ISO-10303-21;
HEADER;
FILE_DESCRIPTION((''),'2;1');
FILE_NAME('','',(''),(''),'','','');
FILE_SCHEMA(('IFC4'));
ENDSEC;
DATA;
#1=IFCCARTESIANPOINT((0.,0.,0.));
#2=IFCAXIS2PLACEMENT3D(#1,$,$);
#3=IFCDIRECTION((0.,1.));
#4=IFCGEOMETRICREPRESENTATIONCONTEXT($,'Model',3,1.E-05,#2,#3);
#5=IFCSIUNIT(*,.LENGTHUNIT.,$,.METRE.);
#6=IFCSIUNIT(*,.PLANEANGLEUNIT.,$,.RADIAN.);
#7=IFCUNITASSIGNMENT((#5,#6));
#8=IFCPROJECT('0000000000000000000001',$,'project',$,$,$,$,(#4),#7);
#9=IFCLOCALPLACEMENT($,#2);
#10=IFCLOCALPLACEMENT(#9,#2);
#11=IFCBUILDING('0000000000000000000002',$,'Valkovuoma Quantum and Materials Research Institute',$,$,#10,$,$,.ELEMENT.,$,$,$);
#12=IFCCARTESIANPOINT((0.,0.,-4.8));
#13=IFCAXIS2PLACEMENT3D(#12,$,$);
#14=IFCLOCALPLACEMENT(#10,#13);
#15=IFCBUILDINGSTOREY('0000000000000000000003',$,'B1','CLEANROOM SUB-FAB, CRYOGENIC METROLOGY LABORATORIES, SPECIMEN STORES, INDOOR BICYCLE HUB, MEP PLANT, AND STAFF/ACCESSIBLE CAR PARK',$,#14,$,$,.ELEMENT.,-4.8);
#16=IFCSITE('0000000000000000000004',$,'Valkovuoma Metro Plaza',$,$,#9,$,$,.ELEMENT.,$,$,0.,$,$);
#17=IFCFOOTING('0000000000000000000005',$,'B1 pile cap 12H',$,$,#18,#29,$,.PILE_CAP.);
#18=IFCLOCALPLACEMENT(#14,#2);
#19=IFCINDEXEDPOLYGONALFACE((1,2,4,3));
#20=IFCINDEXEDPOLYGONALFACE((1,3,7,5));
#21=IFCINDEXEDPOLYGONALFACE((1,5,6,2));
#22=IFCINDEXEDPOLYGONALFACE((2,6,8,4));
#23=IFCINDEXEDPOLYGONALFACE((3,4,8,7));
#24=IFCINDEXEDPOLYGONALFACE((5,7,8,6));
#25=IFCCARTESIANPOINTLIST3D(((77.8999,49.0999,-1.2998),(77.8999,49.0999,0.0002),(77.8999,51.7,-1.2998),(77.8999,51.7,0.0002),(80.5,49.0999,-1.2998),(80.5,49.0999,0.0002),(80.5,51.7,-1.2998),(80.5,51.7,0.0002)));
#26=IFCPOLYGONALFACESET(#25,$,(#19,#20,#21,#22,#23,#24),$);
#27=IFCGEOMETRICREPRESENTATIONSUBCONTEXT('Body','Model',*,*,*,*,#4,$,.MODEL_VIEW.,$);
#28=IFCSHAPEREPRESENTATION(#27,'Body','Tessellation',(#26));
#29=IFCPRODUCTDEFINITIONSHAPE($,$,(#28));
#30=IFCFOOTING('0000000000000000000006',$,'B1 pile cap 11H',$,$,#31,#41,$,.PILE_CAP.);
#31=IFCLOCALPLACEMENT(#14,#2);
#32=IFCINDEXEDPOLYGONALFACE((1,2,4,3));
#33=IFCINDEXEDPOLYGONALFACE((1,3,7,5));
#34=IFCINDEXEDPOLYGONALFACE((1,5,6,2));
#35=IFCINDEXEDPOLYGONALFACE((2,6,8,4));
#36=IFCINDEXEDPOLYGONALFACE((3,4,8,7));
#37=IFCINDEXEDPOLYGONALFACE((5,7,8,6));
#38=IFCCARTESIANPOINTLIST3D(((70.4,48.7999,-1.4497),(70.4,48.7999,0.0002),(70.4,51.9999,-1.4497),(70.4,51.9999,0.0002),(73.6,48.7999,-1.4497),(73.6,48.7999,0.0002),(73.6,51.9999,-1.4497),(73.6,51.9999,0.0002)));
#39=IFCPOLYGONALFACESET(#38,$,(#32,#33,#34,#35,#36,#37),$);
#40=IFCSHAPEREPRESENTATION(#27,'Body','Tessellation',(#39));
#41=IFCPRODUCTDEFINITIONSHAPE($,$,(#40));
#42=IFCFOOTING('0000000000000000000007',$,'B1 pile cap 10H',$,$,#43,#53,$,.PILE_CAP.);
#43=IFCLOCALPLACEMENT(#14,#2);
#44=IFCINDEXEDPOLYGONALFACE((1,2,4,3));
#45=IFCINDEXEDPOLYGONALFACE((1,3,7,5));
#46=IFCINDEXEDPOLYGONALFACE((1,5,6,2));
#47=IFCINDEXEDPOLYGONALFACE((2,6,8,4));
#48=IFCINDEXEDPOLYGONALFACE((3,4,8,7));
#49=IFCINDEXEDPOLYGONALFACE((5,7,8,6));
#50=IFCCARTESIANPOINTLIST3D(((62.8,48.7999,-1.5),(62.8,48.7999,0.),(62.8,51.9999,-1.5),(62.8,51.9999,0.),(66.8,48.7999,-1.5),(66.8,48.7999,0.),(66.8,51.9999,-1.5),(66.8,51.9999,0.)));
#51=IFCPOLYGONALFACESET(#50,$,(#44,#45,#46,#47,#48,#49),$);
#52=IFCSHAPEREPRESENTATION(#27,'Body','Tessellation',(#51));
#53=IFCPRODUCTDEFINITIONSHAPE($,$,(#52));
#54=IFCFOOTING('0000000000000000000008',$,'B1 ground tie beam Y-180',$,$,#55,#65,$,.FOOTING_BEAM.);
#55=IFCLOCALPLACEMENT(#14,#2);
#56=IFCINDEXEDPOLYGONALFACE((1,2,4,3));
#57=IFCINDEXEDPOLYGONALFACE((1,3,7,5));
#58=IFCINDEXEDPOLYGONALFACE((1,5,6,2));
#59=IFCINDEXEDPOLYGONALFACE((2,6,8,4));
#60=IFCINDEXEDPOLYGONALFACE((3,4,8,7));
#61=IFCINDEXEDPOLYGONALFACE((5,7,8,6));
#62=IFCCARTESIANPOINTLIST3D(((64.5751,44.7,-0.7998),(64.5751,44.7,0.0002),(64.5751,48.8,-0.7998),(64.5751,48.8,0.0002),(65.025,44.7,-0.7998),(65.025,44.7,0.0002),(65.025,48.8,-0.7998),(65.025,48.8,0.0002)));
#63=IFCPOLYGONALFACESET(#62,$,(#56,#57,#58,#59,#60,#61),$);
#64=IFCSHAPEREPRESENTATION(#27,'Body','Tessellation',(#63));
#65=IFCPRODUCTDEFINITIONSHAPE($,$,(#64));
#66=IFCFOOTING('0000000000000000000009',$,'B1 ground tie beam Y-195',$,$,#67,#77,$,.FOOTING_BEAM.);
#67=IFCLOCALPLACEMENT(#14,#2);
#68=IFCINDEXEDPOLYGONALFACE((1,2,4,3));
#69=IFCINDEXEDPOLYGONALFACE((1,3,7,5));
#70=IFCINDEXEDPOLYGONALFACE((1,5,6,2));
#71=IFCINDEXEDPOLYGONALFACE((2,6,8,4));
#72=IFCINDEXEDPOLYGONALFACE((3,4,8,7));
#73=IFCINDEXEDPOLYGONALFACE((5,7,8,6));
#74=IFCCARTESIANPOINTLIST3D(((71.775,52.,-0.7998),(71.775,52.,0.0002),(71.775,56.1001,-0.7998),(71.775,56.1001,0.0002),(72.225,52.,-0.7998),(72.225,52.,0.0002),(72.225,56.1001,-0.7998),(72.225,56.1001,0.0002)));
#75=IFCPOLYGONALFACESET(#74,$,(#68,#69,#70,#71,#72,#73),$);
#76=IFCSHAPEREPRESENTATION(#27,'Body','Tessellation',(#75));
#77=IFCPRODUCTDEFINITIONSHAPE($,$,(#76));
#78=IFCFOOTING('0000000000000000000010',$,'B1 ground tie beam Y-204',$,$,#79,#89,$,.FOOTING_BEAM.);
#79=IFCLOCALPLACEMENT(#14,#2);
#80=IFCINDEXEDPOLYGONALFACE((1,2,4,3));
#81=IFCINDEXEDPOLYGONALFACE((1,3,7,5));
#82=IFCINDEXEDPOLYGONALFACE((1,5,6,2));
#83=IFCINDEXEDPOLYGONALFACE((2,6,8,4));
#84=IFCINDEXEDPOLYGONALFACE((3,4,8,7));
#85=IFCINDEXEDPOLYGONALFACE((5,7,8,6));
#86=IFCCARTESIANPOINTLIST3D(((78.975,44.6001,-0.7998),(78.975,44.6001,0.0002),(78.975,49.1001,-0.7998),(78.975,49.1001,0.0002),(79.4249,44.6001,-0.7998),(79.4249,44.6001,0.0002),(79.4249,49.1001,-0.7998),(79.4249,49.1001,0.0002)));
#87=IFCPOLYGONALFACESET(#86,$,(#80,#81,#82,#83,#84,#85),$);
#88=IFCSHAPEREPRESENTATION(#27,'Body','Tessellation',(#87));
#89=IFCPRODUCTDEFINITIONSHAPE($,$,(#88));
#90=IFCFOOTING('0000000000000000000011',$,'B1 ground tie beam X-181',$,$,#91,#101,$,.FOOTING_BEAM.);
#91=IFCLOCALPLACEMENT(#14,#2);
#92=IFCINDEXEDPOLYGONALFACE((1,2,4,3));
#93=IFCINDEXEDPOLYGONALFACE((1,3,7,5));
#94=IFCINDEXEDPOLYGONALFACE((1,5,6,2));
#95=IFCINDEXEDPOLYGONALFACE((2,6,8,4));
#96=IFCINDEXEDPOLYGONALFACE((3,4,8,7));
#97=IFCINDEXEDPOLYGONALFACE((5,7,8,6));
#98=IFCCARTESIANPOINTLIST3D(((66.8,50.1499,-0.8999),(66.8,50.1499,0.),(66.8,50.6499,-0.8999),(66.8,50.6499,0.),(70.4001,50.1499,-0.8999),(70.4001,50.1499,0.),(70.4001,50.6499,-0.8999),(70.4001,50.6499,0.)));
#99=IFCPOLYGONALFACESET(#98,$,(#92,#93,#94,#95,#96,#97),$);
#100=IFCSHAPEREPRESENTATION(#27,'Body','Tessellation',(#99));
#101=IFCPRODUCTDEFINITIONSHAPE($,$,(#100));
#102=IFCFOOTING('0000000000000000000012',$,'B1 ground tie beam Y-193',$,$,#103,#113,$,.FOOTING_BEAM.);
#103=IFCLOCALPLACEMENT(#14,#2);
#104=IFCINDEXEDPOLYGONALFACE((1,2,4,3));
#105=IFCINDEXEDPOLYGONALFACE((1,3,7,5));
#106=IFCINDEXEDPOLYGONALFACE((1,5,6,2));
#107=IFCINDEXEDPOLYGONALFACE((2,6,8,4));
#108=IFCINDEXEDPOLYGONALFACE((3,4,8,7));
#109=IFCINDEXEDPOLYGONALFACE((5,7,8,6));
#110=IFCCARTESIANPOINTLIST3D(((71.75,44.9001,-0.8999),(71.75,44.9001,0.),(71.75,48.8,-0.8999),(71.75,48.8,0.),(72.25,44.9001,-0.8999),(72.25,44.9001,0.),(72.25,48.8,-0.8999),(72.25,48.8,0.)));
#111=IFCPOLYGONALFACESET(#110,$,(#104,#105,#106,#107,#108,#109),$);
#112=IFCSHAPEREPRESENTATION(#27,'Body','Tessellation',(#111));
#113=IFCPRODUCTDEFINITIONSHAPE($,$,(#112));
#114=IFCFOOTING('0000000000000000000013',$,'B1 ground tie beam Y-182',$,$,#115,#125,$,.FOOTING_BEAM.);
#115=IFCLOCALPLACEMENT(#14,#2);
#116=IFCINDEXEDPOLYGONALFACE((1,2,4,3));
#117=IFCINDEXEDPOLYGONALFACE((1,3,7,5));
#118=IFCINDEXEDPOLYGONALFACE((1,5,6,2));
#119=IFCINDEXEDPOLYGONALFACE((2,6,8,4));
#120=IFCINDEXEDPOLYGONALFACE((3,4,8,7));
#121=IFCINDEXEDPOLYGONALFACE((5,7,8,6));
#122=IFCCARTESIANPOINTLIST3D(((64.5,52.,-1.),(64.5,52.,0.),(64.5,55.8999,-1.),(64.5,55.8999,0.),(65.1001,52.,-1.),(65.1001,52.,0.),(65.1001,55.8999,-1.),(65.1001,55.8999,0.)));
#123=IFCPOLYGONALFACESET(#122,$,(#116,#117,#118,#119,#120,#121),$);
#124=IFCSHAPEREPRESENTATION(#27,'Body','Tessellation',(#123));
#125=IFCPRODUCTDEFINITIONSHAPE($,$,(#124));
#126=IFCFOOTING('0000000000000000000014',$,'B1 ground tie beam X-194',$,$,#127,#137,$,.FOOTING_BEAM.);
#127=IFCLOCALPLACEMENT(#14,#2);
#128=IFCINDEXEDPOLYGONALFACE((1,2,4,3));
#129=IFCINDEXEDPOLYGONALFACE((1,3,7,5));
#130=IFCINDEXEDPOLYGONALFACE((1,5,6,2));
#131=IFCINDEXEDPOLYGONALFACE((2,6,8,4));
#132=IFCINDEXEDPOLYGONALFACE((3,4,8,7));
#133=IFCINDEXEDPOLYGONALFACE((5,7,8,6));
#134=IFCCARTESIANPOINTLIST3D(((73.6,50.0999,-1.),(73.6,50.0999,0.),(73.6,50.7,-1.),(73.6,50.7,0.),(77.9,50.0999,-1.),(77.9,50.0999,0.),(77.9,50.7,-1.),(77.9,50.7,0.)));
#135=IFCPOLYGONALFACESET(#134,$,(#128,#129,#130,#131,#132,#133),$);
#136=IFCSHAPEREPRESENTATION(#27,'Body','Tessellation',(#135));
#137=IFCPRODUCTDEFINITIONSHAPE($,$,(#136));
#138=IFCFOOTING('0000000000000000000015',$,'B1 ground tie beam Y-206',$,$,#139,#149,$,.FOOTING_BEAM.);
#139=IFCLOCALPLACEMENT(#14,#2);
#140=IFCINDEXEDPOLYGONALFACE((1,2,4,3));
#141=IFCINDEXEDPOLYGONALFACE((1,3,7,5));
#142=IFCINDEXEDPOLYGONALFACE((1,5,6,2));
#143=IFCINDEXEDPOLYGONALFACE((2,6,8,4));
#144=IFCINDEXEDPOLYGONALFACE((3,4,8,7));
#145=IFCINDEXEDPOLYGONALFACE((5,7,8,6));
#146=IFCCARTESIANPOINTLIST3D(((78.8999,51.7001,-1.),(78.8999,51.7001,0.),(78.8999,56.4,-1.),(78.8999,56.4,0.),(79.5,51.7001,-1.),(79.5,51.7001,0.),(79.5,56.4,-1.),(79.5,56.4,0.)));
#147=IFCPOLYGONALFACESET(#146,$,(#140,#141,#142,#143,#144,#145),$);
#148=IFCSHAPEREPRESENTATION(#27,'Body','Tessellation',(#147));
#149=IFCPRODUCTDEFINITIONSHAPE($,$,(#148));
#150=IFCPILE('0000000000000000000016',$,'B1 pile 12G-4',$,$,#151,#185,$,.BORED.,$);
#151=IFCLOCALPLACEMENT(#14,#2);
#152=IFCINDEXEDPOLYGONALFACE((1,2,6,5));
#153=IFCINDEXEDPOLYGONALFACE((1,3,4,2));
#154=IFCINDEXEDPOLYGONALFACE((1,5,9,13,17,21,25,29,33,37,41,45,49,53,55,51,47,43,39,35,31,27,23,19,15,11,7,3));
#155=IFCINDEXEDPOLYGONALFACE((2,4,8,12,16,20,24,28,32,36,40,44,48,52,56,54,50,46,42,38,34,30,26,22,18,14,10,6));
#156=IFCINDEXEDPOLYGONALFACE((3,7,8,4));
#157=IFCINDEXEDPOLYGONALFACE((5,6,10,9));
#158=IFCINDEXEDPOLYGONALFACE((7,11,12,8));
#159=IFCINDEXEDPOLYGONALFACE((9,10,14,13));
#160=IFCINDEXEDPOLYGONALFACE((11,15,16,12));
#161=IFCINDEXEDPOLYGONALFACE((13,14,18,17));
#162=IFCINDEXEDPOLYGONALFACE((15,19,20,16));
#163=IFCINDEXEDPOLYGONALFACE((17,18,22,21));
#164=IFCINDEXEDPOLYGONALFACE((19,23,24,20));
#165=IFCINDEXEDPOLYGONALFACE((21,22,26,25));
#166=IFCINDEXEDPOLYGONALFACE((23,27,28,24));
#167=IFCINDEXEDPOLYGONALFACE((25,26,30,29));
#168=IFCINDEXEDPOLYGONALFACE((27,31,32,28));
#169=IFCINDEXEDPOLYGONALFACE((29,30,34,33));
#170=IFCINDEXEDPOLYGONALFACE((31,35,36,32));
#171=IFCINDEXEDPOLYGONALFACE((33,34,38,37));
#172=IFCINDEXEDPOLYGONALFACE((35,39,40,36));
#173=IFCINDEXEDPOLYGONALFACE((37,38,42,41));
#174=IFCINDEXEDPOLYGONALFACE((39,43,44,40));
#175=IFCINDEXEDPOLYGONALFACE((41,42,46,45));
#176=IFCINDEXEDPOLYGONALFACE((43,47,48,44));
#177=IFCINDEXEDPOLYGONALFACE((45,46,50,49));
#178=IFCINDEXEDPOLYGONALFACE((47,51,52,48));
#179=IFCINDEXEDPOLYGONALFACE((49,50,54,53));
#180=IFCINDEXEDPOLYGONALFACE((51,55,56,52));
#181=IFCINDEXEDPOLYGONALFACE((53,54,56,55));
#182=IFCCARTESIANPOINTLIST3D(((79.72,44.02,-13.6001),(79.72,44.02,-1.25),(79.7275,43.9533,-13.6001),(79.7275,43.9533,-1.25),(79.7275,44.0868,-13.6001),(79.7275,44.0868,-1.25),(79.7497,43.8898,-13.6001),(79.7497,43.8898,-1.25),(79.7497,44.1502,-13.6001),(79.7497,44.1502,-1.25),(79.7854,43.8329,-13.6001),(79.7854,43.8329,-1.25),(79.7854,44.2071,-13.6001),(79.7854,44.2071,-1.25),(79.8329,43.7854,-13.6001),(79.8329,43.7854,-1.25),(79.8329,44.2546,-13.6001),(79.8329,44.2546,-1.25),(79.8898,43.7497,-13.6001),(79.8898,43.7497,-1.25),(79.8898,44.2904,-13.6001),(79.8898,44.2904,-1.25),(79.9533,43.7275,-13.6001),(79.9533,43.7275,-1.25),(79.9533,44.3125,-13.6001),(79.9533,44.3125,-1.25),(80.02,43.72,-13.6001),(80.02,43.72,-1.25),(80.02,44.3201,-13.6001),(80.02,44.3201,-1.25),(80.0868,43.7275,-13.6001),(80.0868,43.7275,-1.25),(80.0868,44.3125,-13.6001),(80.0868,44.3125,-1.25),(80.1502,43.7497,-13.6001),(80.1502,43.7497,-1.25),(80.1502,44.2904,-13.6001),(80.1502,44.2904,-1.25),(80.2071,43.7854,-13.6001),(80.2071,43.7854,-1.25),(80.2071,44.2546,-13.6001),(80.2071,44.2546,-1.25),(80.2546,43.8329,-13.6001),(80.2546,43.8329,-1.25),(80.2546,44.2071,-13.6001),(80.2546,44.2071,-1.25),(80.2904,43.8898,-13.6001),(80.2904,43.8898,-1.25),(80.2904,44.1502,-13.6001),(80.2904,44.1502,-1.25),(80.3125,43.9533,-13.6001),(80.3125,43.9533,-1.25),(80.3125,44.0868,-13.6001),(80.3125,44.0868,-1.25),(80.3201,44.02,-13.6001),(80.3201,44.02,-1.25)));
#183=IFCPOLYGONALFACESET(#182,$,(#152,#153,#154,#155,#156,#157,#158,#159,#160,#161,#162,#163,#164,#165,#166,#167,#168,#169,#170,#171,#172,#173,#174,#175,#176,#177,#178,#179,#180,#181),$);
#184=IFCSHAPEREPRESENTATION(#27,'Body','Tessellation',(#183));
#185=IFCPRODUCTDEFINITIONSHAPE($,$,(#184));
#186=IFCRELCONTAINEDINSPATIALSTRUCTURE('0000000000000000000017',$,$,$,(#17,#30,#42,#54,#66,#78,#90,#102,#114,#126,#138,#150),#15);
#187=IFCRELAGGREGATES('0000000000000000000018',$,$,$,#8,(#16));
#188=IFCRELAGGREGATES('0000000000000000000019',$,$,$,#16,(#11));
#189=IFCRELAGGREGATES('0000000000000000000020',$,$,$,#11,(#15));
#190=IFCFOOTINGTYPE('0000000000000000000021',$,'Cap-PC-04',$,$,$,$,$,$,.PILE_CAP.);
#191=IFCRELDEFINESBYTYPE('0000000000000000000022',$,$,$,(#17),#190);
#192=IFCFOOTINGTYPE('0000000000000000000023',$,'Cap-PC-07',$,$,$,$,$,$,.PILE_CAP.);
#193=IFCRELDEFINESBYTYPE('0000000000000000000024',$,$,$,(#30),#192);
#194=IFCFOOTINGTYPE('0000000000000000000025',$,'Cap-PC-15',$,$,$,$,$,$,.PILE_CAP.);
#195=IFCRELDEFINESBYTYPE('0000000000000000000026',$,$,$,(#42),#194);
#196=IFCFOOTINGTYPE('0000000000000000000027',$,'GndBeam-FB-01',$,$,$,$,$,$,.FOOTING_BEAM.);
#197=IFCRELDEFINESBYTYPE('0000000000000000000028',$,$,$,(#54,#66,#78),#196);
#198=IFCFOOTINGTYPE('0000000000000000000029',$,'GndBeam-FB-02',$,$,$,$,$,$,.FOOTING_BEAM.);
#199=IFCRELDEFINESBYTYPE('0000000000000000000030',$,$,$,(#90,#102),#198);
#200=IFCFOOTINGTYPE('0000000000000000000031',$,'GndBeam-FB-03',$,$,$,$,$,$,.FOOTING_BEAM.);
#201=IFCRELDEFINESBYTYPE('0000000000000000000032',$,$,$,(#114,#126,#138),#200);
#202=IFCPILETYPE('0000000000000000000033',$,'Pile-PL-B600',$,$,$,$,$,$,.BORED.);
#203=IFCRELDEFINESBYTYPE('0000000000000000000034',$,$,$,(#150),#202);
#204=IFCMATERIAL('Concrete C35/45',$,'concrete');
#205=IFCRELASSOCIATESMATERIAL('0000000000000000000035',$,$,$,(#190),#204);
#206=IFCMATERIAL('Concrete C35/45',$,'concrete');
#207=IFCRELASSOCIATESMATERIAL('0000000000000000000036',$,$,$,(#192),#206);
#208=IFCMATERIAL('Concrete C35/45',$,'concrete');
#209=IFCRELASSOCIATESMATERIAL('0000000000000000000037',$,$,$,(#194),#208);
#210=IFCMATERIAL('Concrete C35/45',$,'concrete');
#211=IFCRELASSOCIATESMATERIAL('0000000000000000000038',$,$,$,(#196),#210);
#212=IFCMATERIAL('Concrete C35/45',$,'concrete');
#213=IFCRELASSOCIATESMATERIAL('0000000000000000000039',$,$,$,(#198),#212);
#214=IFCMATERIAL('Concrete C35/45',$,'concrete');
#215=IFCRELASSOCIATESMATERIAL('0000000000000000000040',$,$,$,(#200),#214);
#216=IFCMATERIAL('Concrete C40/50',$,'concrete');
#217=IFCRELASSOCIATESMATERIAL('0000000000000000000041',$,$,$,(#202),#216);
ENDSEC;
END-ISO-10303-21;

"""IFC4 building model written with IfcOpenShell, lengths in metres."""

from ifc_helpers import new_model, si_unit, direction, frame, origin, origin_2d, place, context, subcontext, project, spatial, rectangle, circle, extrude, material, material_profile, profile_set, type_object, element, save


model = new_model("IFC4")

# Units and contexts
model_context = context("Model", 3, precision=1e-05, world=origin(), true_north=direction((0.0, 1.0)))
body_context = subcontext(model_context, "Body", "Model", "MODEL_VIEW")
ifc_project = project(units=[si_unit("LENGTHUNIT", "METRE"), si_unit("PLANEANGLEUNIT", "RADIAN")], contexts=[model_context])

# Site, building, storey
site_placement = place(None, origin())
site = spatial("IfcSite", under=ifc_project, at=site_placement, Name="Valkovuoma Metro Plaza", CompositionType="ELEMENT", RefElevation=0.0)
building_placement = place(site_placement, origin())
building = spatial("IfcBuilding", under=site, at=building_placement, Name="Valkovuoma Quantum and Materials Research Institute", CompositionType="ELEMENT")
storey_placement = place(building_placement, frame((0.0, 0.0, -4.8)))
storey = spatial("IfcBuildingStorey", under=building, at=storey_placement, Name="B1", Description="CLEANROOM SUB-FAB, CRYOGENIC METROLOGY LABORATORIES, SPECIMEN STORES, INDOOR BICYCLE HUB, MEP PLANT, AND STAFF/ACCESSIBLE CAR PARK", CompositionType="ELEMENT", Elevation=-4.8)

# Footings
ifc_material_1 = material(Name="Concrete C35/45", Category="concrete")
footing_type_1 = type_object("IfcFootingType", Name="Cap-PC-04", PredefinedType="PILE_CAP", material=ifc_material_1)
footing_1_placement = place(storey_placement, frame((79.2, 50.3999, -1.2998), z_axis=(0.0, 0.0, 1.0), x_axis=(1.0, 0.0, 0.0)))
element("IfcFooting", 1, at=footing_1_placement, inside=storey, type_object=footing_type_1, Name="B1 pile cap 12H", PredefinedType="PILE_CAP", context=body_context, shape_type="SweptSolid", body=[
    extrude(rectangle(XDim=2.6001, YDim=2.6001, at=origin_2d()), origin(), (0.0, 0.0, 1.0), 1.3),
])
ifc_material_2 = material(Name="Concrete C35/45", Category="concrete")
footing_type_2 = type_object("IfcFootingType", Name="Cap-PC-07", PredefinedType="PILE_CAP", material=ifc_material_2)
footing_2_placement = place(storey_placement, frame((72.0, 50.3999, -1.4497), z_axis=(0.0, 0.0, 1.0), x_axis=(1.0, 0.0, 0.0)))
element("IfcFooting", 2, at=footing_2_placement, inside=storey, type_object=footing_type_2, Name="B1 pile cap 11H", PredefinedType="PILE_CAP", context=body_context, shape_type="SweptSolid", body=[
    extrude(rectangle(XDim=3.2, YDim=3.2, at=origin_2d()), origin(), (0.0, 0.0, 1.0), 1.45),
])
ifc_material_3 = material(Name="Concrete C35/45", Category="concrete")
footing_type_3 = type_object("IfcFootingType", Name="Cap-PC-15", PredefinedType="PILE_CAP", material=ifc_material_3)
footing_3_placement = place(storey_placement, frame((64.8, 50.3999, -1.5), z_axis=(0.0, 0.0, 1.0), x_axis=(1.0, 0.0, 0.0)))
element("IfcFooting", 3, at=footing_3_placement, inside=storey, type_object=footing_type_3, Name="B1 pile cap 10H", PredefinedType="PILE_CAP", context=body_context, shape_type="SweptSolid", body=[
    extrude(rectangle(XDim=4.0, YDim=3.2, at=origin_2d()), origin(), (0.0, 0.0, 1.0), 1.5),
])
ifc_material_4 = material(Name="Concrete C35/45", Category="concrete")
footing_type_4 = type_object("IfcFootingType", Name="GndBeam-FB-01", PredefinedType="FOOTING_BEAM", material=ifc_material_4)
for number, where, z_axis, x_axis, name in (
    (4, (64.8, 46.75, -0.7998), (0.0, 0.0, 1.0), (0.0, 1.0, 0.0), "B1 ground tie beam Y-180"),
    (5, (72.0, 54.05, -0.7998), (0.0, 0.0, 1.0), (0.0, 1.0, 0.0), "B1 ground tie beam Y-195"),
):
    element("IfcFooting", number, at=place(storey_placement, frame(where, z_axis=z_axis, x_axis=x_axis)), inside=storey, type_object=footing_type_4, Name=name, PredefinedType="FOOTING_BEAM", context=body_context, shape_type="SweptSolid", body=[
        extrude(rectangle(XDim=4.1001, YDim=0.45, at=origin_2d()), origin(), (0.0, 0.0, 1.0), 0.8),
    ])
footing_4_placement = place(storey_placement, frame((79.2, 46.8501, -0.7998), z_axis=(0.0, 0.0, 1.0), x_axis=(0.0, 1.0, 0.0)))
element("IfcFooting", 6, at=footing_4_placement, inside=storey, type_object=footing_type_4, Name="B1 ground tie beam Y-204", PredefinedType="FOOTING_BEAM", context=body_context, shape_type="SweptSolid", body=[
    extrude(rectangle(XDim=4.5, YDim=0.45, at=origin_2d()), origin(), (0.0, 0.0, 1.0), 0.8),
])
ifc_material_5 = material(Name="Concrete C35/45", Category="concrete")
footing_type_5 = type_object("IfcFootingType", Name="GndBeam-FB-02", PredefinedType="FOOTING_BEAM", material=ifc_material_5)
footing_5_placement = place(storey_placement, frame((68.6001, 50.3999, -0.8999), z_axis=(0.0, 0.0, 1.0), x_axis=(1.0, 0.0, 0.0)))
element("IfcFooting", 7, at=footing_5_placement, inside=storey, type_object=footing_type_5, Name="B1 ground tie beam X-181", PredefinedType="FOOTING_BEAM", context=body_context, shape_type="SweptSolid", body=[
    extrude(rectangle(XDim=3.6001, YDim=0.5, at=origin_2d()), origin(), (0.0, 0.0, 1.0), 0.8999),
])
footing_6_placement = place(storey_placement, frame((72.0, 46.8501, -0.8999), z_axis=(0.0, 0.0, 1.0), x_axis=(0.0, 1.0, 0.0)))
element("IfcFooting", 8, at=footing_6_placement, inside=storey, type_object=footing_type_5, Name="B1 ground tie beam Y-193", PredefinedType="FOOTING_BEAM", context=body_context, shape_type="SweptSolid", body=[
    extrude(rectangle(XDim=3.8999, YDim=0.5, at=origin_2d()), origin(), (0.0, 0.0, 1.0), 0.8999),
])
ifc_material_6 = material(Name="Concrete C35/45", Category="concrete")
footing_type_6 = type_object("IfcFootingType", Name="GndBeam-FB-03", PredefinedType="FOOTING_BEAM", material=ifc_material_6)
footing_7_placement = place(storey_placement, frame((64.8, 53.95, -1.0), z_axis=(0.0, 0.0, 1.0), x_axis=(0.0, 1.0, 0.0)))
element("IfcFooting", 9, at=footing_7_placement, inside=storey, type_object=footing_type_6, Name="B1 ground tie beam Y-182", PredefinedType="FOOTING_BEAM", context=body_context, shape_type="SweptSolid", body=[
    extrude(rectangle(XDim=3.8999, YDim=0.6001, at=origin_2d()), origin(), (0.0, 0.0, 1.0), 1.0),
])
footing_8_placement = place(storey_placement, frame((75.75, 50.3999, -1.0), z_axis=(0.0, 0.0, 1.0), x_axis=(1.0, 0.0, 0.0)))
element("IfcFooting", 10, at=footing_8_placement, inside=storey, type_object=footing_type_6, Name="B1 ground tie beam X-194", PredefinedType="FOOTING_BEAM", context=body_context, shape_type="SweptSolid", body=[
    extrude(rectangle(XDim=4.3, YDim=0.6001, at=origin_2d()), origin(), (0.0, 0.0, 1.0), 1.0),
])
footing_9_placement = place(storey_placement, frame((79.2, 54.05, -1.0), z_axis=(0.0, 0.0, 1.0), x_axis=(0.0, 1.0, 0.0)))
element("IfcFooting", 11, at=footing_9_placement, inside=storey, type_object=footing_type_6, Name="B1 ground tie beam Y-206", PredefinedType="FOOTING_BEAM", context=body_context, shape_type="SweptSolid", body=[
    extrude(rectangle(XDim=4.7, YDim=0.6001, at=origin_2d()), origin(), (0.0, 0.0, 1.0), 1.0),
])

# Pile
ifc_material_7 = material(Name="Concrete C40/50", Category="concrete")
ifc_material_profile_1 = material_profile(ifc_material_7, circle(Radius=0.3, at=origin_2d()), Name="Concrete C40/50")
ifc_profile_set_1 = profile_set([ifc_material_profile_1], Name="Concrete C40/50")
pile_type_1 = type_object("IfcPileType", Name="Pile-PL-B600", PredefinedType="BORED", material=ifc_profile_set_1)
pile_1_placement = place(storey_placement, frame((80.02, 44.02, -1.25), z_axis=(0.0, 0.0, -1.0), x_axis=(1.0, 0.0, 0.0)))
element("IfcPile", 12, at=pile_1_placement, inside=storey, type_object=pile_type_1, Name="B1 pile 12G-4", PredefinedType="BORED", context=body_context, shape_type="SweptSolid", body=[
    extrude(circle(Radius=0.3, at=origin_2d()), origin(), (0.0, 0.0, 1.0), 12.3501),
])

save(model, "model.ifc")
